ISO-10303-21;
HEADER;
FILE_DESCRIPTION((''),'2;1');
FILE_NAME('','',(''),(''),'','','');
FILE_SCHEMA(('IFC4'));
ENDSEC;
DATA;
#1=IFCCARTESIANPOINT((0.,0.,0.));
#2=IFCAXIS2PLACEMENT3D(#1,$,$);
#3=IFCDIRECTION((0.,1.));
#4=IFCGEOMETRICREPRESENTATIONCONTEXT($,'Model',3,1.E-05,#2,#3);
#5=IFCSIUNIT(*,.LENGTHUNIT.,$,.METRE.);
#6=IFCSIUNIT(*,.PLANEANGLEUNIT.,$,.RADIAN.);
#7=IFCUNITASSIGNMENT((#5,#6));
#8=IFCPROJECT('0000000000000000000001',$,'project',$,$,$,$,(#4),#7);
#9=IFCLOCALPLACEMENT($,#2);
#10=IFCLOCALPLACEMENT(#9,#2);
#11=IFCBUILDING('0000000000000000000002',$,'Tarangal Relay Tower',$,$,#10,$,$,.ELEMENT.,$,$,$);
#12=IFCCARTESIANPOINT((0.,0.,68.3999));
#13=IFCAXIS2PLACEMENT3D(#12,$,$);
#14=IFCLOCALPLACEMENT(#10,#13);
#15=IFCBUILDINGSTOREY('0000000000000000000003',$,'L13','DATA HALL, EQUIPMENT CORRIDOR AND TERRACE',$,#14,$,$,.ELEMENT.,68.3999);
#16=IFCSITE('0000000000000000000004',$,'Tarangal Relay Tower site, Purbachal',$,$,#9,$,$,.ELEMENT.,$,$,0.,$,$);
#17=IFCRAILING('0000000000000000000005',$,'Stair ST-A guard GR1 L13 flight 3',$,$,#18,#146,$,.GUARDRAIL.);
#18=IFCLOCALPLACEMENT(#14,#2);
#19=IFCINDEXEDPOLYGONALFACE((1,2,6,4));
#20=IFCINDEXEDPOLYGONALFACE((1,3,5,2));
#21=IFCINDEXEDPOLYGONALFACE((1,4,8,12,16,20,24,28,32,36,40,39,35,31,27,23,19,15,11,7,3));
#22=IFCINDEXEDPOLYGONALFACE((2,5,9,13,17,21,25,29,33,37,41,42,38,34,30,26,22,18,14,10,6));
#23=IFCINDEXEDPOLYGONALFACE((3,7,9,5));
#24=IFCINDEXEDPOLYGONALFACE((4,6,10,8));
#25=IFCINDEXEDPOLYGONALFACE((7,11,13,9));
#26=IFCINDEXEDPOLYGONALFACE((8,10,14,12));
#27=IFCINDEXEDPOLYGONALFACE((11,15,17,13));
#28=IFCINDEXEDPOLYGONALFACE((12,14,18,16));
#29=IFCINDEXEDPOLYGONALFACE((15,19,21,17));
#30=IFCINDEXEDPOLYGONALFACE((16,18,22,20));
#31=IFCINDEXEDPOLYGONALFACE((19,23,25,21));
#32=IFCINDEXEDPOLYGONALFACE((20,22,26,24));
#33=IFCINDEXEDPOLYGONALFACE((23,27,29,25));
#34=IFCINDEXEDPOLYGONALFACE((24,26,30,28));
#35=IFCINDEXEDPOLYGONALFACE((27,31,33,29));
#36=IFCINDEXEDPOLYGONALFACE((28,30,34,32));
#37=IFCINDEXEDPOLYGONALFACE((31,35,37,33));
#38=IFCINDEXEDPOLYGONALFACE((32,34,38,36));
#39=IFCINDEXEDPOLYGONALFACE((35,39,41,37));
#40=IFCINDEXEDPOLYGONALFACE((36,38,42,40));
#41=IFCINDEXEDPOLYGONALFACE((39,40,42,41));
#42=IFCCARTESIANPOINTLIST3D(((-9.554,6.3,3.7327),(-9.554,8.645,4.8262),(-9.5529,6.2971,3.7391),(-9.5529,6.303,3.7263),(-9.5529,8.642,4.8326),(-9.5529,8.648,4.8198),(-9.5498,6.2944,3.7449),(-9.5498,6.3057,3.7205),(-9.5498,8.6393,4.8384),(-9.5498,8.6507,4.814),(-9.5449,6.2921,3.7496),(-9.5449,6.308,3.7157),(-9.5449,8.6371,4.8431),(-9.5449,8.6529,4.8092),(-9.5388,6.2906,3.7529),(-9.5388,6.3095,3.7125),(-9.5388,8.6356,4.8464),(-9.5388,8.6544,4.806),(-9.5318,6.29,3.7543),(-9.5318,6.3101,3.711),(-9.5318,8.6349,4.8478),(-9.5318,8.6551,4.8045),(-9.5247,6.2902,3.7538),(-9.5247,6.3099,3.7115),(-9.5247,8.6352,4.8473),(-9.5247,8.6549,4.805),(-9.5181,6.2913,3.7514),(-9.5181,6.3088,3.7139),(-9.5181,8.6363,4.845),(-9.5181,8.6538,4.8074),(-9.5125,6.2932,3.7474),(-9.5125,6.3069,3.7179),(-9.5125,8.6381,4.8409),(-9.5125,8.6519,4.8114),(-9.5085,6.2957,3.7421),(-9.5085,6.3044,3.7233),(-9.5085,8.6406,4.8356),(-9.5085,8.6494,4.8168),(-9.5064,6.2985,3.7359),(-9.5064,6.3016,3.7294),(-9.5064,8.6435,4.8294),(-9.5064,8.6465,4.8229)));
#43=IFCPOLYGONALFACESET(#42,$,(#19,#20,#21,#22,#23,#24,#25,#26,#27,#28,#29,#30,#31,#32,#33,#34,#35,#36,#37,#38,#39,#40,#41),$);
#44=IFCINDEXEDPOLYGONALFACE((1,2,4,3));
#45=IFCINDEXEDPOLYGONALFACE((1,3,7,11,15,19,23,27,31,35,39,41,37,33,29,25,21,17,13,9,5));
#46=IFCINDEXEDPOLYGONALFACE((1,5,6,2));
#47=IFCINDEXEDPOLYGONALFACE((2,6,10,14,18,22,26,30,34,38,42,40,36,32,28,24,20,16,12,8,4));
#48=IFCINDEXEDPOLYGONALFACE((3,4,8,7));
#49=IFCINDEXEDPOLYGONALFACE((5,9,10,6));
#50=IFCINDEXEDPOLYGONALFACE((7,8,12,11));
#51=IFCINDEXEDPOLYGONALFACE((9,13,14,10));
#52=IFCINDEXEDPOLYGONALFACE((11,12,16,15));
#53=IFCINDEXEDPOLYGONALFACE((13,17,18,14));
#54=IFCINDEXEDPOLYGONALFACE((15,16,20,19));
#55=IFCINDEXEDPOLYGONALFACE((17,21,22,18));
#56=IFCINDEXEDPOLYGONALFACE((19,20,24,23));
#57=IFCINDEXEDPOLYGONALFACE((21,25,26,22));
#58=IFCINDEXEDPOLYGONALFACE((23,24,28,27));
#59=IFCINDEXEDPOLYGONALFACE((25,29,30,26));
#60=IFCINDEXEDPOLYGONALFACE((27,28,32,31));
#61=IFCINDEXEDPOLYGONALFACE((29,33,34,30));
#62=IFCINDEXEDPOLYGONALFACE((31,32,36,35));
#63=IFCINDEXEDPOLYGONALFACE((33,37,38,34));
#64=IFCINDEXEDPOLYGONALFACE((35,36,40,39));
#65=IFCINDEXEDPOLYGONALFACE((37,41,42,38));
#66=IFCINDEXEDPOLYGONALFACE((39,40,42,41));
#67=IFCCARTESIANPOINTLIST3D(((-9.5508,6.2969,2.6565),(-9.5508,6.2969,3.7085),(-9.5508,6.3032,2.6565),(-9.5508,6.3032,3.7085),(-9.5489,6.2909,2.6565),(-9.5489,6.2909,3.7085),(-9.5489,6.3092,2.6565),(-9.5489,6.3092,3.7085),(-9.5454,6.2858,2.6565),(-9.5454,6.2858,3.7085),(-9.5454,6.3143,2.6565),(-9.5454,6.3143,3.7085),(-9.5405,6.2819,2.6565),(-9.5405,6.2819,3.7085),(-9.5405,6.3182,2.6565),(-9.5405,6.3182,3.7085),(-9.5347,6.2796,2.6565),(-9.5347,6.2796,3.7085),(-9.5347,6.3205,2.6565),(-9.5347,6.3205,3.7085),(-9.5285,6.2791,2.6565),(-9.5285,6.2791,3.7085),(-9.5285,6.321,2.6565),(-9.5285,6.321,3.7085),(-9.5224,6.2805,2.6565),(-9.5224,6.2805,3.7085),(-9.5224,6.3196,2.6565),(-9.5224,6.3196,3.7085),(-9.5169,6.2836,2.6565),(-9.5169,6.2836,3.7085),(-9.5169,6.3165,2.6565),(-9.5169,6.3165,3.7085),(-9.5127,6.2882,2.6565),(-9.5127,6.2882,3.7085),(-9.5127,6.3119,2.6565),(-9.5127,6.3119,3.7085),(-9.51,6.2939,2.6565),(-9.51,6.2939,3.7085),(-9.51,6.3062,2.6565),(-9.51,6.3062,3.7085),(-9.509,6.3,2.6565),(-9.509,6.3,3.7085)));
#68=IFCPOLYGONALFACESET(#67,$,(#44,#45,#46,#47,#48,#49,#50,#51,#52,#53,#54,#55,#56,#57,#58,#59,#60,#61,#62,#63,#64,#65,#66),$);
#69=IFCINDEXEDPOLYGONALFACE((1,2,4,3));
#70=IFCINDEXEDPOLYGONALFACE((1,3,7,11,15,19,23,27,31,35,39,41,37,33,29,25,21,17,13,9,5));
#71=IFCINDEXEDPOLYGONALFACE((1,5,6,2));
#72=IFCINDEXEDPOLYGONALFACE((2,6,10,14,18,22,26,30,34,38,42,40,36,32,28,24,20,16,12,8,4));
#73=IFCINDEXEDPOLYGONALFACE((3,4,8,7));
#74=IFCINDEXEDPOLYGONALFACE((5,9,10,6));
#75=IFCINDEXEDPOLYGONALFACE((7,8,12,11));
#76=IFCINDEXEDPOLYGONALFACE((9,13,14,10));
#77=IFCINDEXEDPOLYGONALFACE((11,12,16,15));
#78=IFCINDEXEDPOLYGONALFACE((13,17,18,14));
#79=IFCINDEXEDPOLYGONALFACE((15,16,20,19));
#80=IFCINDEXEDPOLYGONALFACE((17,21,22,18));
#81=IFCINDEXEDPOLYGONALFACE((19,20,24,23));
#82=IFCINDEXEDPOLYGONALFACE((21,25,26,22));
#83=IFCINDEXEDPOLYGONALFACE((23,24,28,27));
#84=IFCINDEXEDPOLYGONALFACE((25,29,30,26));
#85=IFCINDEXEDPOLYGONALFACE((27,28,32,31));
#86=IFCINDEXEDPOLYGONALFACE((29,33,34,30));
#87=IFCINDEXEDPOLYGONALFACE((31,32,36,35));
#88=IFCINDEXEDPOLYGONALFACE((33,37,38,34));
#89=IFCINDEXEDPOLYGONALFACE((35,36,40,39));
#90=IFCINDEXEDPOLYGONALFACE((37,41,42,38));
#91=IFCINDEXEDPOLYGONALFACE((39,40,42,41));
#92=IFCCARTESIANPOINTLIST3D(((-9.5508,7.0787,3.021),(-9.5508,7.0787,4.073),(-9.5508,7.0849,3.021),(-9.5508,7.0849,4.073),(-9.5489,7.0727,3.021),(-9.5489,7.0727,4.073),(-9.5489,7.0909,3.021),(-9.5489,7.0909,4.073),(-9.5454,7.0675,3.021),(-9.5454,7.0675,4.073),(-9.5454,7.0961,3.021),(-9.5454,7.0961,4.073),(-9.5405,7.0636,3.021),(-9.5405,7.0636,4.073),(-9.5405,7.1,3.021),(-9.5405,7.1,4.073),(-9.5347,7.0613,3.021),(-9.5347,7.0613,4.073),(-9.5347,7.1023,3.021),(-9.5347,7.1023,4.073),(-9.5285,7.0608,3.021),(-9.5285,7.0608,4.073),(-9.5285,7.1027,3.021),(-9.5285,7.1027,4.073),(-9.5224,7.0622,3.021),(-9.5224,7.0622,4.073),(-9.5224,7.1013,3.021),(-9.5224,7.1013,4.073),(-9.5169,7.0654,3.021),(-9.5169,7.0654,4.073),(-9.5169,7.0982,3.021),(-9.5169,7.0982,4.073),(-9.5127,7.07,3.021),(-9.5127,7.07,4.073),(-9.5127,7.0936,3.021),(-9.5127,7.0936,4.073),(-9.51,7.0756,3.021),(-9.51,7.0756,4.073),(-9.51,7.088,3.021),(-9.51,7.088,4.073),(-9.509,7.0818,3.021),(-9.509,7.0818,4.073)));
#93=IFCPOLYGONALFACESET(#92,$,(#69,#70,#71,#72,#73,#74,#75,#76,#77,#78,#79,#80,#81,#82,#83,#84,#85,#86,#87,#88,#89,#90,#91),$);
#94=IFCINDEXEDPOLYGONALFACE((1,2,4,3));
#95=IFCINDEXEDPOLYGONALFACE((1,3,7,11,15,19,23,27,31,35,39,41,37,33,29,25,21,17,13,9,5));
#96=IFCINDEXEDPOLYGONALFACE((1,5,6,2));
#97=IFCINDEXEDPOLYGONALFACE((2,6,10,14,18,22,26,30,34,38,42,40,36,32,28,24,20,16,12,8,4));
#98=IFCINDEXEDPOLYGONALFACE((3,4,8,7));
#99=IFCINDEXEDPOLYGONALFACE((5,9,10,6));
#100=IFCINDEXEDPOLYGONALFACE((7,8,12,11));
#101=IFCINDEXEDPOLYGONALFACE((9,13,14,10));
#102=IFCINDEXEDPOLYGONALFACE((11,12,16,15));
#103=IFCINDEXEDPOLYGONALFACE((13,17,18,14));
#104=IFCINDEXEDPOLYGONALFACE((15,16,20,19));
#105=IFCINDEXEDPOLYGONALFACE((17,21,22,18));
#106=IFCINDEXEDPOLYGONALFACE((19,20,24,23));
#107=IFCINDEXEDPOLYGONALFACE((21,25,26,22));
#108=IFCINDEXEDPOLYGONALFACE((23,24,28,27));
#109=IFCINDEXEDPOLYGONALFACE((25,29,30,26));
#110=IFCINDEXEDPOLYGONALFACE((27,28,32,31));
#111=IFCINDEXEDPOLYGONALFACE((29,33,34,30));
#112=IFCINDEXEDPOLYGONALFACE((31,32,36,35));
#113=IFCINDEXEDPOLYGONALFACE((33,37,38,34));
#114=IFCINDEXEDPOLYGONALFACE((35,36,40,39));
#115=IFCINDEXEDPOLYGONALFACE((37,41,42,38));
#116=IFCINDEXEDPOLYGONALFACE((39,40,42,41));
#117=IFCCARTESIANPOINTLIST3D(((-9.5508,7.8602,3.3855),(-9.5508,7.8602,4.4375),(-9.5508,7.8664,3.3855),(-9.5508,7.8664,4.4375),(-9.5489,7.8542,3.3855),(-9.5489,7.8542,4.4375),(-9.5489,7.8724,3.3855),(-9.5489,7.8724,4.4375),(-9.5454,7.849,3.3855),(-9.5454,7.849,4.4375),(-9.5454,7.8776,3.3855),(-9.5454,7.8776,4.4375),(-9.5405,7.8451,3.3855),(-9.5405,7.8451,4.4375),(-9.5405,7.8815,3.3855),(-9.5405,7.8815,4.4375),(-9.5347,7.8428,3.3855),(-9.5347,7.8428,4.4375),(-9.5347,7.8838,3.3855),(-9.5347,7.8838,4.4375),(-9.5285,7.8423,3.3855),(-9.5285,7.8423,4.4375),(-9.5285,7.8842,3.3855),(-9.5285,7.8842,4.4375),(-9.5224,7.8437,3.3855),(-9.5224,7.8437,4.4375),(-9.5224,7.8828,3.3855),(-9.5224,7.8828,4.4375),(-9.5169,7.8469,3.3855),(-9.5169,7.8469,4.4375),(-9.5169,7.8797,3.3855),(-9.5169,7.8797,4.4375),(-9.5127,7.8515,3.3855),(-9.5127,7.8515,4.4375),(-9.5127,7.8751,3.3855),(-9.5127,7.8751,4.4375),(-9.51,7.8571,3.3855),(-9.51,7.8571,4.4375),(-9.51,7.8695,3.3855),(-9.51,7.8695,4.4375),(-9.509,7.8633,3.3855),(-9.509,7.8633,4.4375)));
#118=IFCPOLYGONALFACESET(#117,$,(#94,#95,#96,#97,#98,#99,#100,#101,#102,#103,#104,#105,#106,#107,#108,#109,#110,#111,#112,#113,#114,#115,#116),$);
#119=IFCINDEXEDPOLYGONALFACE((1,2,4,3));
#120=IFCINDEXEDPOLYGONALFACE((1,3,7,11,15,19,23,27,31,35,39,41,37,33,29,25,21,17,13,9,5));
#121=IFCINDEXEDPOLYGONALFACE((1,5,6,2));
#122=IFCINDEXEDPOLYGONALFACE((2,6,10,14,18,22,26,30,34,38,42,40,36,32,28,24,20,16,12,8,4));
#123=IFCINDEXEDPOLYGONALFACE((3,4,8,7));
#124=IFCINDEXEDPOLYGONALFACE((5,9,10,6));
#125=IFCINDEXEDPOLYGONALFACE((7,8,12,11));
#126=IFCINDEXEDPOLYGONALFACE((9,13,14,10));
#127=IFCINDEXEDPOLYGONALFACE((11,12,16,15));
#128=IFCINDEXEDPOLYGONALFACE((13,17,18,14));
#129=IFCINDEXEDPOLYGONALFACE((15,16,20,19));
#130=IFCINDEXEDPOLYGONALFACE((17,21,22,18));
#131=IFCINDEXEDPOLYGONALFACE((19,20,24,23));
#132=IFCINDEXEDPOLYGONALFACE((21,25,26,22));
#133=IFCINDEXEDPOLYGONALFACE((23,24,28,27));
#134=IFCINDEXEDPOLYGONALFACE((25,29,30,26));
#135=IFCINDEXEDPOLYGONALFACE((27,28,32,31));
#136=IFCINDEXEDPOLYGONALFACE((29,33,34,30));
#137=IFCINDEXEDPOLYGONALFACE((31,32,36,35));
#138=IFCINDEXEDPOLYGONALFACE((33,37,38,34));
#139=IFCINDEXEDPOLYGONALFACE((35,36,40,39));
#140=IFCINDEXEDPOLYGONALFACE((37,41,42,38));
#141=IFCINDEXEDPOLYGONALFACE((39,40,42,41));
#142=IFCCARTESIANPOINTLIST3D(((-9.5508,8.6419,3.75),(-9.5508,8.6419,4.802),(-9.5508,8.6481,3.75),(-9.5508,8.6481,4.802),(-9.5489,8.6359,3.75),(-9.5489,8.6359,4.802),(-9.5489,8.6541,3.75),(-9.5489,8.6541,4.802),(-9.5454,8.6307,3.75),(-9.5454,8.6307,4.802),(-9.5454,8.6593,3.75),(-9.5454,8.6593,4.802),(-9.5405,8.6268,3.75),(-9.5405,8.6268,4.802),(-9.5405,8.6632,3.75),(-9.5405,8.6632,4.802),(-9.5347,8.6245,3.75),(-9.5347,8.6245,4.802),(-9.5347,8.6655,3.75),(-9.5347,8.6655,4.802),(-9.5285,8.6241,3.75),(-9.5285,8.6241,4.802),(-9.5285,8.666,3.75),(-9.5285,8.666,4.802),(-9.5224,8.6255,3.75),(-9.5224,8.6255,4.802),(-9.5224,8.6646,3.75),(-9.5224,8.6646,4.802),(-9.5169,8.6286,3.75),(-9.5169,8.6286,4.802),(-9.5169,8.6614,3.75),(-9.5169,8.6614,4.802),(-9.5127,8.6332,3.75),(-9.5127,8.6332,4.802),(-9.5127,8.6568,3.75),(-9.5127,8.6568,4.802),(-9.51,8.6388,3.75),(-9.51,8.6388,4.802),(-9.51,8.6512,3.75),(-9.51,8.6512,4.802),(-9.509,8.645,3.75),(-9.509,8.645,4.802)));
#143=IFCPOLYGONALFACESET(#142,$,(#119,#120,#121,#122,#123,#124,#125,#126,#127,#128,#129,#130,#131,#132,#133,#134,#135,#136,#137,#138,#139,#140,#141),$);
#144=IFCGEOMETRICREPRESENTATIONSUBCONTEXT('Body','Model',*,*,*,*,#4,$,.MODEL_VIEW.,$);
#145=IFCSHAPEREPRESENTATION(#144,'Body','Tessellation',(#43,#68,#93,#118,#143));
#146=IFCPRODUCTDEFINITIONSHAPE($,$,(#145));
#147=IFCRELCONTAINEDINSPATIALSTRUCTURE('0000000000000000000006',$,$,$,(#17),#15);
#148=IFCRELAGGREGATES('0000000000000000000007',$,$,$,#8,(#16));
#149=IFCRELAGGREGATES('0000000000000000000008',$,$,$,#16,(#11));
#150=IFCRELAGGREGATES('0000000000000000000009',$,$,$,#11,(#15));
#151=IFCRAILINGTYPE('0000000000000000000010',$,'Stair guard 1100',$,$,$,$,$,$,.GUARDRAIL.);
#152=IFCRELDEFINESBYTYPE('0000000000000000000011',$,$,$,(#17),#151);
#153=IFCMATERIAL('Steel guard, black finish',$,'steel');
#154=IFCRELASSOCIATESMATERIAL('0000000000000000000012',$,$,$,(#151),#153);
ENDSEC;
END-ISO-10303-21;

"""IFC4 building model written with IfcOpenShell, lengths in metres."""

from ifc_helpers import new_model, si_unit, direction, frame, origin, origin_2d, place, context, subcontext, project, spatial, circle, extrude, material, type_object, element, save


model = new_model("IFC4")

# Units and contexts
model_context = context("Model", 3, precision=1e-05, world=origin(), true_north=direction((0.0, 1.0)))
body_context = subcontext(model_context, "Body", "Model", "MODEL_VIEW")
ifc_project = project(units=[si_unit("LENGTHUNIT", "METRE"), si_unit("PLANEANGLEUNIT", "RADIAN")], contexts=[model_context])

# Site, building, storey
site_placement = place(None, origin())
site = spatial("IfcSite", under=ifc_project, at=site_placement, Name="Tarangal Relay Tower site, Purbachal", CompositionType="ELEMENT", RefElevation=0.0)
building_placement = place(site_placement, origin())
building = spatial("IfcBuilding", under=site, at=building_placement, Name="Tarangal Relay Tower", CompositionType="ELEMENT")
storey_placement = place(building_placement, frame((0.0, 0.0, 68.3999)))
storey = spatial("IfcBuildingStorey", under=building, at=storey_placement, Name="L13", Description="DATA HALL, EQUIPMENT CORRIDOR AND TERRACE", CompositionType="ELEMENT", Elevation=68.3999)

# Railing
ifc_material_1 = material(Name="Steel guard, black finish", Category="steel")
railing_type = type_object("IfcRailingType", Name="Stair guard 1100", PredefinedType="GUARDRAIL", material=ifc_material_1)
railing_placement = place(storey_placement, frame((-9.53, 6.3, 2.6565)))
element("IfcRailing", 1, at=railing_placement, inside=storey, type_object=railing_type, Name="Stair ST-A guard GR1 L13 flight 3", PredefinedType="GUARDRAIL", context=body_context, shape_type="SweptSolid", body=[
    extrude(circle(Radius=0.0239, at=origin_2d()), frame((0.0, 0.0, 1.0762), z_axis=(0.0, 0.906304, 0.422627), x_axis=(-1.0, 0.0, 0.0)), (0.0, 0.0, 1.0), 2.5874),
    extrude(circle(Radius=0.021, at=origin_2d()), origin(), (0.0, 0.0, 1.0), 1.052),
    extrude(circle(Radius=0.021, at=origin_2d()), frame((0.0, 0.7817, 0.3645)), (0.0, 0.0, 1.0), 1.052),
    extrude(circle(Radius=0.021, at=origin_2d()), frame((0.0, 1.5632, 0.729)), (0.0, 0.0, 1.0), 1.052),
    extrude(circle(Radius=0.021, at=origin_2d()), frame((0.0, 2.345, 1.0935)), (0.0, 0.0, 1.0), 1.052),
])

save(model, "model.ifc")
